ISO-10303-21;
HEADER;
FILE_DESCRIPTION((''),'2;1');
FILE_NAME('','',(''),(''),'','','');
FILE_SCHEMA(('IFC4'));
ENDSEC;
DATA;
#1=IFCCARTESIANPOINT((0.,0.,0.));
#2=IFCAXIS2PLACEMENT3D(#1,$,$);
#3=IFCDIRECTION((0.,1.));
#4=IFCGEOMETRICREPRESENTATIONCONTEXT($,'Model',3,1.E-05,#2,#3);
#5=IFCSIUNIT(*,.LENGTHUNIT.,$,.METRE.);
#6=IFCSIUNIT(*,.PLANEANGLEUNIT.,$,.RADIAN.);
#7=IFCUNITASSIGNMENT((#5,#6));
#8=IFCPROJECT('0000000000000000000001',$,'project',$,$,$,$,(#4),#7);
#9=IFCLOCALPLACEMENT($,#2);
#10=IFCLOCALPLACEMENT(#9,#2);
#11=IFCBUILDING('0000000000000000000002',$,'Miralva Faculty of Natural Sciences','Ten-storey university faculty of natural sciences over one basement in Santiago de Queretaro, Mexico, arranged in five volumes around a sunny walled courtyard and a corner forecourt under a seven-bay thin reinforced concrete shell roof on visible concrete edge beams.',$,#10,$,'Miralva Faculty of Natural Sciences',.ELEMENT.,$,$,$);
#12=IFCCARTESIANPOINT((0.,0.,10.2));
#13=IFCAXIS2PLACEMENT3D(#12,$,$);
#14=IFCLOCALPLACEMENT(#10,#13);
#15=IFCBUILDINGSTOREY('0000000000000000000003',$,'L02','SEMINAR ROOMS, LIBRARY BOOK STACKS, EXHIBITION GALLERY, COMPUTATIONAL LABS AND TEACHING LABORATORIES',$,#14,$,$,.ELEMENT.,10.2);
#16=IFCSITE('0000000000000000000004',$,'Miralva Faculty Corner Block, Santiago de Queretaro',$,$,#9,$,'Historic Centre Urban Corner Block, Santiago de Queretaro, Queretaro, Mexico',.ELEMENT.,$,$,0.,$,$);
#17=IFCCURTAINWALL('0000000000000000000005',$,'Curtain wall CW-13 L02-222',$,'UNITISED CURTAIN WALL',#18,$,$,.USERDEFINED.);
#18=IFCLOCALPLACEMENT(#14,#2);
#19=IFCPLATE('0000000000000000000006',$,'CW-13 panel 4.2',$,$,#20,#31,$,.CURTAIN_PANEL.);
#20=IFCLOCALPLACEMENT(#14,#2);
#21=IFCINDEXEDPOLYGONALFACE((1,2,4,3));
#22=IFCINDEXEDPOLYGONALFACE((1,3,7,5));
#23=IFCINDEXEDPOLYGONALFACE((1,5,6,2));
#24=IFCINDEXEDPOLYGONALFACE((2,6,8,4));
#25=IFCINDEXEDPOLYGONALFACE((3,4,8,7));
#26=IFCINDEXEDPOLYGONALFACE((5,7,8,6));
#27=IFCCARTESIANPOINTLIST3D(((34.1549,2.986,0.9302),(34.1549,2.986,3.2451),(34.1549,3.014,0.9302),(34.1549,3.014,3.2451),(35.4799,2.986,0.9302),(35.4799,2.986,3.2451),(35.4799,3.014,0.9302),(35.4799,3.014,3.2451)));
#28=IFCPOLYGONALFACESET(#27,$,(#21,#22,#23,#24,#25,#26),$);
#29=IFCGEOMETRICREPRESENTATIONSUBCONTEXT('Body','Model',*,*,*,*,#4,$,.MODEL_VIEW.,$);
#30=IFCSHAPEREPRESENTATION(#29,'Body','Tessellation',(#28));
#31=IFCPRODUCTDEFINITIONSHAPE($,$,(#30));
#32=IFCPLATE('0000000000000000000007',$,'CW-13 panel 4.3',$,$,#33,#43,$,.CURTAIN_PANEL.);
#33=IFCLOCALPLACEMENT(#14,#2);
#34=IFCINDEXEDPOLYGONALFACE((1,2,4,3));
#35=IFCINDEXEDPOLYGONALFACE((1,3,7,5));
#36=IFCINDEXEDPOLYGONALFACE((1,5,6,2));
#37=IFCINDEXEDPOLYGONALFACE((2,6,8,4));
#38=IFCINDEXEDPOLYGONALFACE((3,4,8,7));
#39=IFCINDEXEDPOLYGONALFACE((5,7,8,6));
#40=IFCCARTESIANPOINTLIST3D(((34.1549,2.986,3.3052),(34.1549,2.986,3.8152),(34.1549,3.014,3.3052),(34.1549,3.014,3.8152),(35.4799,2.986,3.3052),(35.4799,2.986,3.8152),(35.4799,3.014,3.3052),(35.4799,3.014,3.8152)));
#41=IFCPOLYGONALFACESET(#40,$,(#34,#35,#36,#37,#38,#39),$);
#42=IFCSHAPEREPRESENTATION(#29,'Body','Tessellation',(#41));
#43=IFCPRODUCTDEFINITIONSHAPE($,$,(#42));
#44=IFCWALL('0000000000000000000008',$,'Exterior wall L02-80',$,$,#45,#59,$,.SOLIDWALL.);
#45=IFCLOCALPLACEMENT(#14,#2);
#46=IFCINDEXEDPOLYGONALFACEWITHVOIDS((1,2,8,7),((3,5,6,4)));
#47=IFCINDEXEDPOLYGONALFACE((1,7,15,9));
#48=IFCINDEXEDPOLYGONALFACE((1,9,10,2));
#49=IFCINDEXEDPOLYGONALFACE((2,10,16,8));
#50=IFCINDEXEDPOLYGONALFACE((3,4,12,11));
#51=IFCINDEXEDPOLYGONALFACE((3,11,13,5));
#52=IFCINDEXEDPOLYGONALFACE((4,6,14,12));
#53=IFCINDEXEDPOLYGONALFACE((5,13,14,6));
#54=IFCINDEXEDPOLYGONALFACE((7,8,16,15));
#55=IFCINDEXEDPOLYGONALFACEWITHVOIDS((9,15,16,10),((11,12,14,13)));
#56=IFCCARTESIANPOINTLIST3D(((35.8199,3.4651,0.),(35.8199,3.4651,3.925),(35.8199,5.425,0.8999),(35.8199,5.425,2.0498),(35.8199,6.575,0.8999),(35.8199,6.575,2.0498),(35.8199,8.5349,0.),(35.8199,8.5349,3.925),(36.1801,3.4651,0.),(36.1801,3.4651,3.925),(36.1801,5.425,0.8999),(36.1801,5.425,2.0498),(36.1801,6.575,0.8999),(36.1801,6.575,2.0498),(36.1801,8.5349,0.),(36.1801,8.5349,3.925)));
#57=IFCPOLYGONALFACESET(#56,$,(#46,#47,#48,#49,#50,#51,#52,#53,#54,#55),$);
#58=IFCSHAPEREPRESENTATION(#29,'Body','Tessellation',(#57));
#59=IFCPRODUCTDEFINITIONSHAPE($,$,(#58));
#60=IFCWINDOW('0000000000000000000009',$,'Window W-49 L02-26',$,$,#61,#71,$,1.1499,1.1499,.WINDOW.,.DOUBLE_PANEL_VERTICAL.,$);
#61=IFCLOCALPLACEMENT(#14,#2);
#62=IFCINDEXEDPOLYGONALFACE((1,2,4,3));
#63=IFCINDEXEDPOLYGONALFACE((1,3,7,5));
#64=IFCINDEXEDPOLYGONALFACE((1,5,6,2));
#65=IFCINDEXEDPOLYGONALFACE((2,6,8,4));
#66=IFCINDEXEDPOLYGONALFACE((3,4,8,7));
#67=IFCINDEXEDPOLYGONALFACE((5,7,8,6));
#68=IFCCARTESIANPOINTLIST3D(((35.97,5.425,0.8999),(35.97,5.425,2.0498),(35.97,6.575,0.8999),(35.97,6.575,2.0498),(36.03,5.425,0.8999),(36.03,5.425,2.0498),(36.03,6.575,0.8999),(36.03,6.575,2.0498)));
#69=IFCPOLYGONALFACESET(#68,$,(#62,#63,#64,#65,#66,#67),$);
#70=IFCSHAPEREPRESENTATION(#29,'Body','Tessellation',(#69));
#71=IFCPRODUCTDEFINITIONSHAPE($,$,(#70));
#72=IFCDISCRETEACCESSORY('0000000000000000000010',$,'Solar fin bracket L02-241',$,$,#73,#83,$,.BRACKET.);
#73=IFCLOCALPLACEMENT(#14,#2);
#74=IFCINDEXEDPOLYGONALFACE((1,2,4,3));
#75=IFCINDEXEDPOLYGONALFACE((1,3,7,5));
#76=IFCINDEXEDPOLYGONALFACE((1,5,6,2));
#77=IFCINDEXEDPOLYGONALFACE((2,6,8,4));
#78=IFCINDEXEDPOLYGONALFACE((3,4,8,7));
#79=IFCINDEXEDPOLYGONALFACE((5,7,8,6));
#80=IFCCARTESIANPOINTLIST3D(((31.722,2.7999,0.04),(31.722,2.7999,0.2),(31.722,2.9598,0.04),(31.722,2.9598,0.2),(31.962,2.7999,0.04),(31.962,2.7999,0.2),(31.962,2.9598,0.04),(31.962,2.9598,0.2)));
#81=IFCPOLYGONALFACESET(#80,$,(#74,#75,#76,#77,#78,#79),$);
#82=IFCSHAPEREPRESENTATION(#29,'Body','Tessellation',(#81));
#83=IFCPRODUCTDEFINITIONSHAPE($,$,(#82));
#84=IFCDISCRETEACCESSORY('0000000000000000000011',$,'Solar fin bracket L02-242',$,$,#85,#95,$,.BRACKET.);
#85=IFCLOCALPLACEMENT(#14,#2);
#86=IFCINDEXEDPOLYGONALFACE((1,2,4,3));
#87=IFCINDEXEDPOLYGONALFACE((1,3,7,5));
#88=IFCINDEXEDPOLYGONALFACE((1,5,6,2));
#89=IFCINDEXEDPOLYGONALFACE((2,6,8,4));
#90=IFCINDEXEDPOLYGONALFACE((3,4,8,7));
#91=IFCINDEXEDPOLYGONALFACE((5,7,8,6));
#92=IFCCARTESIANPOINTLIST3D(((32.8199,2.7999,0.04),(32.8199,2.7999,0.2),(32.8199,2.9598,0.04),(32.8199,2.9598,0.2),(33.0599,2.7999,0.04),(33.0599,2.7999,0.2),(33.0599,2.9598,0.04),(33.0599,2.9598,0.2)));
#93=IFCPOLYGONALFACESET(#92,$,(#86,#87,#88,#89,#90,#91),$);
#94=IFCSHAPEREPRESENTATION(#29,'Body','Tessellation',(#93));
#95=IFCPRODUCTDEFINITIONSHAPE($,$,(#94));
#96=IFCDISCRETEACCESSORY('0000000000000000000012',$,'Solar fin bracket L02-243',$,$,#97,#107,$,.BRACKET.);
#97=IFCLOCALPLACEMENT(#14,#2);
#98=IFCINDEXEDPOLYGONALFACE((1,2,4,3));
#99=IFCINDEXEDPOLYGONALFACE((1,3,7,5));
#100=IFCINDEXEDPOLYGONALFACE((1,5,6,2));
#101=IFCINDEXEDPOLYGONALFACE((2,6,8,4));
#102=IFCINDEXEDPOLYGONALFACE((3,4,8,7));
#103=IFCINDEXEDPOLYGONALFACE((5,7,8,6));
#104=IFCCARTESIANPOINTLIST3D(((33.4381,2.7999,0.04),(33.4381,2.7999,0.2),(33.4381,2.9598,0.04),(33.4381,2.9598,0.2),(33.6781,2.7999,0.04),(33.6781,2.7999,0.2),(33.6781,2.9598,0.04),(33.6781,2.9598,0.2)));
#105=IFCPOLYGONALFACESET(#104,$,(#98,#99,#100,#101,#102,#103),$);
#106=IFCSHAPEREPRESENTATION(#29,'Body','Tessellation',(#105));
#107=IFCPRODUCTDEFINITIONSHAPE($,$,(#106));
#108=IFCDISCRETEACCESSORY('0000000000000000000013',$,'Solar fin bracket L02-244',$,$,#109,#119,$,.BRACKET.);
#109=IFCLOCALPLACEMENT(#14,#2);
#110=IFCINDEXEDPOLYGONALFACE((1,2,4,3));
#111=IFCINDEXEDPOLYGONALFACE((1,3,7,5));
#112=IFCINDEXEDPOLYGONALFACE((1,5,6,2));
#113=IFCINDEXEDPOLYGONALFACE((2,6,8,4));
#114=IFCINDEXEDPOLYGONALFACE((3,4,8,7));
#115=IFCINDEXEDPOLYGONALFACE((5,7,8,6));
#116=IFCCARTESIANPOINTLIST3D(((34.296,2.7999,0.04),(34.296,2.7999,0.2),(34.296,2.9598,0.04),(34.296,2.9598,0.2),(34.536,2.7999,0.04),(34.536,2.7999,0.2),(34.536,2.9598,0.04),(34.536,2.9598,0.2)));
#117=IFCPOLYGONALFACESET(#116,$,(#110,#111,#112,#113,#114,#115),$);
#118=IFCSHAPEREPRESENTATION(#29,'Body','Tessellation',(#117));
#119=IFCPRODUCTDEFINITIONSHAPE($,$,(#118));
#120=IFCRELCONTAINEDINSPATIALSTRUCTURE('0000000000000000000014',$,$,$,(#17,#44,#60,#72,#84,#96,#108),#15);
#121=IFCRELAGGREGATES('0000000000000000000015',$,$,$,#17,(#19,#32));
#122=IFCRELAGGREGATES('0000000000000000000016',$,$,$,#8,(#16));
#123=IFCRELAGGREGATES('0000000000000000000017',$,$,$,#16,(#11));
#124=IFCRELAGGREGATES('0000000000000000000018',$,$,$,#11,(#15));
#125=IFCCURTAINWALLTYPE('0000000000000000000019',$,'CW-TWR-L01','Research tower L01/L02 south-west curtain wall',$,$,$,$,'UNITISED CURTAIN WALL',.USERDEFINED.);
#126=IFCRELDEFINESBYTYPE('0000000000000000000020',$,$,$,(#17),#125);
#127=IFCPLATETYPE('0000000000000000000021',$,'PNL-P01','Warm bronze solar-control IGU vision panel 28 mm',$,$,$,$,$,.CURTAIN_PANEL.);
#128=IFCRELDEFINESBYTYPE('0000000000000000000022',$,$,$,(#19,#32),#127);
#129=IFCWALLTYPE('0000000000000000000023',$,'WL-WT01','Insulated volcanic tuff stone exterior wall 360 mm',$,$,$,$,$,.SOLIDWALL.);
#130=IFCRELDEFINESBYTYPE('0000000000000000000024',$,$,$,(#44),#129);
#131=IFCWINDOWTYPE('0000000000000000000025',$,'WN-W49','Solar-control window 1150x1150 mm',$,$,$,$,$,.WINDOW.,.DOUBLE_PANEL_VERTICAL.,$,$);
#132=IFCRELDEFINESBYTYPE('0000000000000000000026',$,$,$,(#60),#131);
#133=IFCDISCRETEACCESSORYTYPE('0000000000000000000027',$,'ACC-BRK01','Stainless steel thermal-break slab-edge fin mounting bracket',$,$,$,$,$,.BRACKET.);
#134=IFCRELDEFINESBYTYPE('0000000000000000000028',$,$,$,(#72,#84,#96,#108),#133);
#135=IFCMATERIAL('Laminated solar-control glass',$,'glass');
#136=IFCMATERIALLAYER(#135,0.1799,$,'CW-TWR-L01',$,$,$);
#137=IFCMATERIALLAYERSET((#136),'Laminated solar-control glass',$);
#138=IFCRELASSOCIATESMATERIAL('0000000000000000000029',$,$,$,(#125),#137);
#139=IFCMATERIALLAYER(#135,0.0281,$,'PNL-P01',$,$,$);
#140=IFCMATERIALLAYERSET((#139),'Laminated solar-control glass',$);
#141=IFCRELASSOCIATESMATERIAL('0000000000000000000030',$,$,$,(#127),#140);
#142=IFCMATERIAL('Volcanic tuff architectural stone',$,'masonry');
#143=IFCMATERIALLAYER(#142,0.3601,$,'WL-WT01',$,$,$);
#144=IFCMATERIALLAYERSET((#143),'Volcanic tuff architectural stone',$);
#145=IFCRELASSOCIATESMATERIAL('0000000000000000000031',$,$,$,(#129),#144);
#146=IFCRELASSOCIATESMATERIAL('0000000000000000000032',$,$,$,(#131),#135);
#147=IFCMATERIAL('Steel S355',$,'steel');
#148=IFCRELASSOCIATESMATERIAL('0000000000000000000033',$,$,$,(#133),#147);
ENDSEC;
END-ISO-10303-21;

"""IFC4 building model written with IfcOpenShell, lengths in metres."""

from ifc_helpers import new_model, si_unit, direction, frame, frame_2d, origin, origin_2d, place, context, subcontext, project, spatial, rectangle, extrude, material, layer, layer_set, type_object, element, fill, aggregate, save


model = new_model("IFC4")

# Units and contexts
model_context = context("Model", 3, precision=1e-05, world=origin(), true_north=direction((0.0, 1.0)))
body_context = subcontext(model_context, "Body", "Model", "MODEL_VIEW")
ifc_project = project(units=[si_unit("LENGTHUNIT", "METRE"), si_unit("PLANEANGLEUNIT", "RADIAN")], contexts=[model_context])

# Site, building, storey
site_placement = place(None, origin())
site = spatial("IfcSite", under=ifc_project, at=site_placement, Name="Miralva Faculty Corner Block, Santiago de Queretaro", LongName="Historic Centre Urban Corner Block, Santiago de Queretaro, Queretaro, Mexico", CompositionType="ELEMENT", RefElevation=0.0)
building_placement = place(site_placement, origin())
building = spatial("IfcBuilding", under=site, at=building_placement, Name="Miralva Faculty of Natural Sciences", Description="Ten-storey university faculty of natural sciences over one basement in Santiago de Queretaro, Mexico, arranged in five volumes around a sunny walled courtyard and a corner forecourt under a seven-bay thin reinforced concrete shell roof on visible concrete edge beams.", LongName="Miralva Faculty of Natural Sciences", CompositionType="ELEMENT")
storey_placement = place(building_placement, frame((0.0, 0.0, 10.2)))
storey = spatial("IfcBuildingStorey", under=building, at=storey_placement, Name="L02", Description="SEMINAR ROOMS, LIBRARY BOOK STACKS, EXHIBITION GALLERY, COMPUTATIONAL LABS AND TEACHING LABORATORIES", CompositionType="ELEMENT", Elevation=10.2)

# Curtain wall
ifc_material_1 = material(Name="Laminated solar-control glass", Category="glass")
ifc_layer_1 = layer(ifc_material_1, 0.1799, Name="CW-TWR-L01")
ifc_layer_set_1 = layer_set([ifc_layer_1], Name="Laminated solar-control glass")
curtain_wall_type = type_object("IfcCurtainWallType", Name="CW-TWR-L01", Description="Research tower L01/L02 south-west curtain wall", ElementType="UNITISED CURTAIN WALL", PredefinedType="USERDEFINED", material=ifc_layer_set_1)
curtain_wall_placement = place(storey_placement, origin())
curtain_wall = element("IfcCurtainWall", 1, at=curtain_wall_placement, inside=storey, type_object=curtain_wall_type, Name="Curtain wall CW-13 L02-222", ObjectType="UNITISED CURTAIN WALL", PredefinedType="USERDEFINED")

# Plates
ifc_layer_2 = layer(ifc_material_1, 0.0281, Name="PNL-P01")
ifc_layer_set_2 = layer_set([ifc_layer_2], Name="Laminated solar-control glass")
plate_type = type_object("IfcPlateType", Name="PNL-P01", Description="Warm bronze solar-control IGU vision panel 28 mm", PredefinedType="CURTAIN_PANEL", material=ifc_layer_set_2)
plate_1_placement = place(storey_placement, frame((34.8174, 3.0, 0.9302), z_axis=(0.0, 0.0, 1.0), x_axis=(1.0, 0.0, 0.0)))
plate_1 = element("IfcPlate", 2, at=plate_1_placement, type_object=plate_type, Name="CW-13 panel 4.2", PredefinedType="CURTAIN_PANEL", context=body_context, shape_type="SweptSolid", body=[
    extrude(rectangle(XDim=1.325, YDim=0.0281, at=origin_2d()), origin(), (0.0, 0.0, 1.0), 2.3149),
])
plate_2_placement = place(storey_placement, frame((34.8174, 3.0, 3.3052), z_axis=(0.0, 0.0, 1.0), x_axis=(1.0, 0.0, 0.0)))
plate_2 = element("IfcPlate", 3, at=plate_2_placement, type_object=plate_type, Name="CW-13 panel 4.3", PredefinedType="CURTAIN_PANEL", context=body_context, shape_type="SweptSolid", body=[
    extrude(rectangle(XDim=1.325, YDim=0.0281, at=origin_2d()), origin(), (0.0, 0.0, 1.0), 0.51),
])
aggregate(curtain_wall, [plate_1, plate_2])

# Wall, opening, window
ifc_material_2 = material(Name="Volcanic tuff architectural stone", Category="masonry")
ifc_layer_3 = layer(ifc_material_2, 0.3601, Name="WL-WT01")
ifc_layer_set_3 = layer_set([ifc_layer_3], Name="Volcanic tuff architectural stone")
wall_type = type_object("IfcWallType", Name="WL-WT01", Description="Insulated volcanic tuff stone exterior wall 360 mm", PredefinedType="SOLIDWALL", material=ifc_layer_set_3)
wall_placement = place(storey_placement, frame((36.0, 3.4651, 0.0), z_axis=(0.0, 0.0, 1.0), x_axis=(0.0, 1.0, 0.0)))
wall = element("IfcWall", 4, at=wall_placement, inside=storey, type_object=wall_type, Name="Exterior wall L02-80", PredefinedType="SOLIDWALL", context=body_context, shape_type="SweptSolid", body=[
    extrude(rectangle(XDim=5.0698, YDim=0.3601, at=frame_2d((2.5349, 0.0))), origin(), (0.0, 0.0, 1.0), 3.925),
])
opening_placement = place(wall_placement, frame((1.96, 0.0, 0.8999)))
opening = element("IfcOpeningElement", 5, at=opening_placement, cuts=wall, PredefinedType="OPENING", context=body_context, shape_type="SweptSolid", body=[
    extrude(rectangle(XDim=1.1499, YDim=1.1499, at=frame_2d((0.575, 0.575))), frame((0.0, 0.1899, 0.0), z_axis=(0.0, -1.0, 0.0), x_axis=(1.0, 0.0, 0.0)), (0.0, 0.0, 1.0), 0.3801),
])
window_type = type_object("IfcWindowType", Name="WN-W49", Description="Solar-control window 1150x1150 mm", PartitioningType="DOUBLE_PANEL_VERTICAL", PredefinedType="WINDOW", material=ifc_material_1)
window_placement = place(opening_placement, frame((1.1499, 0.0, 0.0), z_axis=(0.0, 0.0, 1.0), x_axis=(-1.0, 0.0, 0.0)))
window = element("IfcWindow", 6, at=window_placement, inside=storey, type_object=window_type, Name="Window W-49 L02-26", OverallHeight=1.1499, OverallWidth=1.1499, PartitioningType="DOUBLE_PANEL_VERTICAL", PredefinedType="WINDOW", context=body_context, shape_type="SweptSolid", body=[
    extrude(rectangle(XDim=1.1499, YDim=1.1499, at=frame_2d((0.575, 0.575))), frame((0.0, 0.03, 0.0), z_axis=(0.0, -1.0, 0.0), x_axis=(1.0, 0.0, 0.0)), (0.0, 0.0, 1.0), 0.0601),
])
fill(opening, window)

# Discrete accessories
ifc_material_3 = material(Name="Steel S355", Category="steel")
discrete_accessory_type = type_object("IfcDiscreteAccessoryType", Name="ACC-BRK01", Description="Stainless steel thermal-break slab-edge fin mounting bracket", PredefinedType="BRACKET", material=ifc_material_3)
for number, where, z_axis, x_axis, name in (
    (7, (31.842, 2.8799, 0.04), (0.0, 0.0, 1.0), (0.0, -1.0, 0.0), "Solar fin bracket L02-241"),
    (8, (32.9399, 2.8799, 0.04), (0.0, 0.0, 1.0), (0.0, -1.0, 0.0), "Solar fin bracket L02-242"),
    (9, (33.5581, 2.8799, 0.04), (0.0, 0.0, 1.0), (0.0, -1.0, 0.0), "Solar fin bracket L02-243"),
    (10, (34.416, 2.8799, 0.04), (0.0, 0.0, 1.0), (0.0, -1.0, 0.0), "Solar fin bracket L02-244"),
):
    element("IfcDiscreteAccessory", number, at=place(storey_placement, frame(where, z_axis=z_axis, x_axis=x_axis)), inside=storey, type_object=discrete_accessory_type, Name=name, PredefinedType="BRACKET", context=body_context, shape_type="SweptSolid", body=[
        extrude(rectangle(XDim=0.1599, YDim=0.24, at=origin_2d()), origin(), (0.0, 0.0, 1.0), 0.1599),
    ])

save(model, "model.ifc")
